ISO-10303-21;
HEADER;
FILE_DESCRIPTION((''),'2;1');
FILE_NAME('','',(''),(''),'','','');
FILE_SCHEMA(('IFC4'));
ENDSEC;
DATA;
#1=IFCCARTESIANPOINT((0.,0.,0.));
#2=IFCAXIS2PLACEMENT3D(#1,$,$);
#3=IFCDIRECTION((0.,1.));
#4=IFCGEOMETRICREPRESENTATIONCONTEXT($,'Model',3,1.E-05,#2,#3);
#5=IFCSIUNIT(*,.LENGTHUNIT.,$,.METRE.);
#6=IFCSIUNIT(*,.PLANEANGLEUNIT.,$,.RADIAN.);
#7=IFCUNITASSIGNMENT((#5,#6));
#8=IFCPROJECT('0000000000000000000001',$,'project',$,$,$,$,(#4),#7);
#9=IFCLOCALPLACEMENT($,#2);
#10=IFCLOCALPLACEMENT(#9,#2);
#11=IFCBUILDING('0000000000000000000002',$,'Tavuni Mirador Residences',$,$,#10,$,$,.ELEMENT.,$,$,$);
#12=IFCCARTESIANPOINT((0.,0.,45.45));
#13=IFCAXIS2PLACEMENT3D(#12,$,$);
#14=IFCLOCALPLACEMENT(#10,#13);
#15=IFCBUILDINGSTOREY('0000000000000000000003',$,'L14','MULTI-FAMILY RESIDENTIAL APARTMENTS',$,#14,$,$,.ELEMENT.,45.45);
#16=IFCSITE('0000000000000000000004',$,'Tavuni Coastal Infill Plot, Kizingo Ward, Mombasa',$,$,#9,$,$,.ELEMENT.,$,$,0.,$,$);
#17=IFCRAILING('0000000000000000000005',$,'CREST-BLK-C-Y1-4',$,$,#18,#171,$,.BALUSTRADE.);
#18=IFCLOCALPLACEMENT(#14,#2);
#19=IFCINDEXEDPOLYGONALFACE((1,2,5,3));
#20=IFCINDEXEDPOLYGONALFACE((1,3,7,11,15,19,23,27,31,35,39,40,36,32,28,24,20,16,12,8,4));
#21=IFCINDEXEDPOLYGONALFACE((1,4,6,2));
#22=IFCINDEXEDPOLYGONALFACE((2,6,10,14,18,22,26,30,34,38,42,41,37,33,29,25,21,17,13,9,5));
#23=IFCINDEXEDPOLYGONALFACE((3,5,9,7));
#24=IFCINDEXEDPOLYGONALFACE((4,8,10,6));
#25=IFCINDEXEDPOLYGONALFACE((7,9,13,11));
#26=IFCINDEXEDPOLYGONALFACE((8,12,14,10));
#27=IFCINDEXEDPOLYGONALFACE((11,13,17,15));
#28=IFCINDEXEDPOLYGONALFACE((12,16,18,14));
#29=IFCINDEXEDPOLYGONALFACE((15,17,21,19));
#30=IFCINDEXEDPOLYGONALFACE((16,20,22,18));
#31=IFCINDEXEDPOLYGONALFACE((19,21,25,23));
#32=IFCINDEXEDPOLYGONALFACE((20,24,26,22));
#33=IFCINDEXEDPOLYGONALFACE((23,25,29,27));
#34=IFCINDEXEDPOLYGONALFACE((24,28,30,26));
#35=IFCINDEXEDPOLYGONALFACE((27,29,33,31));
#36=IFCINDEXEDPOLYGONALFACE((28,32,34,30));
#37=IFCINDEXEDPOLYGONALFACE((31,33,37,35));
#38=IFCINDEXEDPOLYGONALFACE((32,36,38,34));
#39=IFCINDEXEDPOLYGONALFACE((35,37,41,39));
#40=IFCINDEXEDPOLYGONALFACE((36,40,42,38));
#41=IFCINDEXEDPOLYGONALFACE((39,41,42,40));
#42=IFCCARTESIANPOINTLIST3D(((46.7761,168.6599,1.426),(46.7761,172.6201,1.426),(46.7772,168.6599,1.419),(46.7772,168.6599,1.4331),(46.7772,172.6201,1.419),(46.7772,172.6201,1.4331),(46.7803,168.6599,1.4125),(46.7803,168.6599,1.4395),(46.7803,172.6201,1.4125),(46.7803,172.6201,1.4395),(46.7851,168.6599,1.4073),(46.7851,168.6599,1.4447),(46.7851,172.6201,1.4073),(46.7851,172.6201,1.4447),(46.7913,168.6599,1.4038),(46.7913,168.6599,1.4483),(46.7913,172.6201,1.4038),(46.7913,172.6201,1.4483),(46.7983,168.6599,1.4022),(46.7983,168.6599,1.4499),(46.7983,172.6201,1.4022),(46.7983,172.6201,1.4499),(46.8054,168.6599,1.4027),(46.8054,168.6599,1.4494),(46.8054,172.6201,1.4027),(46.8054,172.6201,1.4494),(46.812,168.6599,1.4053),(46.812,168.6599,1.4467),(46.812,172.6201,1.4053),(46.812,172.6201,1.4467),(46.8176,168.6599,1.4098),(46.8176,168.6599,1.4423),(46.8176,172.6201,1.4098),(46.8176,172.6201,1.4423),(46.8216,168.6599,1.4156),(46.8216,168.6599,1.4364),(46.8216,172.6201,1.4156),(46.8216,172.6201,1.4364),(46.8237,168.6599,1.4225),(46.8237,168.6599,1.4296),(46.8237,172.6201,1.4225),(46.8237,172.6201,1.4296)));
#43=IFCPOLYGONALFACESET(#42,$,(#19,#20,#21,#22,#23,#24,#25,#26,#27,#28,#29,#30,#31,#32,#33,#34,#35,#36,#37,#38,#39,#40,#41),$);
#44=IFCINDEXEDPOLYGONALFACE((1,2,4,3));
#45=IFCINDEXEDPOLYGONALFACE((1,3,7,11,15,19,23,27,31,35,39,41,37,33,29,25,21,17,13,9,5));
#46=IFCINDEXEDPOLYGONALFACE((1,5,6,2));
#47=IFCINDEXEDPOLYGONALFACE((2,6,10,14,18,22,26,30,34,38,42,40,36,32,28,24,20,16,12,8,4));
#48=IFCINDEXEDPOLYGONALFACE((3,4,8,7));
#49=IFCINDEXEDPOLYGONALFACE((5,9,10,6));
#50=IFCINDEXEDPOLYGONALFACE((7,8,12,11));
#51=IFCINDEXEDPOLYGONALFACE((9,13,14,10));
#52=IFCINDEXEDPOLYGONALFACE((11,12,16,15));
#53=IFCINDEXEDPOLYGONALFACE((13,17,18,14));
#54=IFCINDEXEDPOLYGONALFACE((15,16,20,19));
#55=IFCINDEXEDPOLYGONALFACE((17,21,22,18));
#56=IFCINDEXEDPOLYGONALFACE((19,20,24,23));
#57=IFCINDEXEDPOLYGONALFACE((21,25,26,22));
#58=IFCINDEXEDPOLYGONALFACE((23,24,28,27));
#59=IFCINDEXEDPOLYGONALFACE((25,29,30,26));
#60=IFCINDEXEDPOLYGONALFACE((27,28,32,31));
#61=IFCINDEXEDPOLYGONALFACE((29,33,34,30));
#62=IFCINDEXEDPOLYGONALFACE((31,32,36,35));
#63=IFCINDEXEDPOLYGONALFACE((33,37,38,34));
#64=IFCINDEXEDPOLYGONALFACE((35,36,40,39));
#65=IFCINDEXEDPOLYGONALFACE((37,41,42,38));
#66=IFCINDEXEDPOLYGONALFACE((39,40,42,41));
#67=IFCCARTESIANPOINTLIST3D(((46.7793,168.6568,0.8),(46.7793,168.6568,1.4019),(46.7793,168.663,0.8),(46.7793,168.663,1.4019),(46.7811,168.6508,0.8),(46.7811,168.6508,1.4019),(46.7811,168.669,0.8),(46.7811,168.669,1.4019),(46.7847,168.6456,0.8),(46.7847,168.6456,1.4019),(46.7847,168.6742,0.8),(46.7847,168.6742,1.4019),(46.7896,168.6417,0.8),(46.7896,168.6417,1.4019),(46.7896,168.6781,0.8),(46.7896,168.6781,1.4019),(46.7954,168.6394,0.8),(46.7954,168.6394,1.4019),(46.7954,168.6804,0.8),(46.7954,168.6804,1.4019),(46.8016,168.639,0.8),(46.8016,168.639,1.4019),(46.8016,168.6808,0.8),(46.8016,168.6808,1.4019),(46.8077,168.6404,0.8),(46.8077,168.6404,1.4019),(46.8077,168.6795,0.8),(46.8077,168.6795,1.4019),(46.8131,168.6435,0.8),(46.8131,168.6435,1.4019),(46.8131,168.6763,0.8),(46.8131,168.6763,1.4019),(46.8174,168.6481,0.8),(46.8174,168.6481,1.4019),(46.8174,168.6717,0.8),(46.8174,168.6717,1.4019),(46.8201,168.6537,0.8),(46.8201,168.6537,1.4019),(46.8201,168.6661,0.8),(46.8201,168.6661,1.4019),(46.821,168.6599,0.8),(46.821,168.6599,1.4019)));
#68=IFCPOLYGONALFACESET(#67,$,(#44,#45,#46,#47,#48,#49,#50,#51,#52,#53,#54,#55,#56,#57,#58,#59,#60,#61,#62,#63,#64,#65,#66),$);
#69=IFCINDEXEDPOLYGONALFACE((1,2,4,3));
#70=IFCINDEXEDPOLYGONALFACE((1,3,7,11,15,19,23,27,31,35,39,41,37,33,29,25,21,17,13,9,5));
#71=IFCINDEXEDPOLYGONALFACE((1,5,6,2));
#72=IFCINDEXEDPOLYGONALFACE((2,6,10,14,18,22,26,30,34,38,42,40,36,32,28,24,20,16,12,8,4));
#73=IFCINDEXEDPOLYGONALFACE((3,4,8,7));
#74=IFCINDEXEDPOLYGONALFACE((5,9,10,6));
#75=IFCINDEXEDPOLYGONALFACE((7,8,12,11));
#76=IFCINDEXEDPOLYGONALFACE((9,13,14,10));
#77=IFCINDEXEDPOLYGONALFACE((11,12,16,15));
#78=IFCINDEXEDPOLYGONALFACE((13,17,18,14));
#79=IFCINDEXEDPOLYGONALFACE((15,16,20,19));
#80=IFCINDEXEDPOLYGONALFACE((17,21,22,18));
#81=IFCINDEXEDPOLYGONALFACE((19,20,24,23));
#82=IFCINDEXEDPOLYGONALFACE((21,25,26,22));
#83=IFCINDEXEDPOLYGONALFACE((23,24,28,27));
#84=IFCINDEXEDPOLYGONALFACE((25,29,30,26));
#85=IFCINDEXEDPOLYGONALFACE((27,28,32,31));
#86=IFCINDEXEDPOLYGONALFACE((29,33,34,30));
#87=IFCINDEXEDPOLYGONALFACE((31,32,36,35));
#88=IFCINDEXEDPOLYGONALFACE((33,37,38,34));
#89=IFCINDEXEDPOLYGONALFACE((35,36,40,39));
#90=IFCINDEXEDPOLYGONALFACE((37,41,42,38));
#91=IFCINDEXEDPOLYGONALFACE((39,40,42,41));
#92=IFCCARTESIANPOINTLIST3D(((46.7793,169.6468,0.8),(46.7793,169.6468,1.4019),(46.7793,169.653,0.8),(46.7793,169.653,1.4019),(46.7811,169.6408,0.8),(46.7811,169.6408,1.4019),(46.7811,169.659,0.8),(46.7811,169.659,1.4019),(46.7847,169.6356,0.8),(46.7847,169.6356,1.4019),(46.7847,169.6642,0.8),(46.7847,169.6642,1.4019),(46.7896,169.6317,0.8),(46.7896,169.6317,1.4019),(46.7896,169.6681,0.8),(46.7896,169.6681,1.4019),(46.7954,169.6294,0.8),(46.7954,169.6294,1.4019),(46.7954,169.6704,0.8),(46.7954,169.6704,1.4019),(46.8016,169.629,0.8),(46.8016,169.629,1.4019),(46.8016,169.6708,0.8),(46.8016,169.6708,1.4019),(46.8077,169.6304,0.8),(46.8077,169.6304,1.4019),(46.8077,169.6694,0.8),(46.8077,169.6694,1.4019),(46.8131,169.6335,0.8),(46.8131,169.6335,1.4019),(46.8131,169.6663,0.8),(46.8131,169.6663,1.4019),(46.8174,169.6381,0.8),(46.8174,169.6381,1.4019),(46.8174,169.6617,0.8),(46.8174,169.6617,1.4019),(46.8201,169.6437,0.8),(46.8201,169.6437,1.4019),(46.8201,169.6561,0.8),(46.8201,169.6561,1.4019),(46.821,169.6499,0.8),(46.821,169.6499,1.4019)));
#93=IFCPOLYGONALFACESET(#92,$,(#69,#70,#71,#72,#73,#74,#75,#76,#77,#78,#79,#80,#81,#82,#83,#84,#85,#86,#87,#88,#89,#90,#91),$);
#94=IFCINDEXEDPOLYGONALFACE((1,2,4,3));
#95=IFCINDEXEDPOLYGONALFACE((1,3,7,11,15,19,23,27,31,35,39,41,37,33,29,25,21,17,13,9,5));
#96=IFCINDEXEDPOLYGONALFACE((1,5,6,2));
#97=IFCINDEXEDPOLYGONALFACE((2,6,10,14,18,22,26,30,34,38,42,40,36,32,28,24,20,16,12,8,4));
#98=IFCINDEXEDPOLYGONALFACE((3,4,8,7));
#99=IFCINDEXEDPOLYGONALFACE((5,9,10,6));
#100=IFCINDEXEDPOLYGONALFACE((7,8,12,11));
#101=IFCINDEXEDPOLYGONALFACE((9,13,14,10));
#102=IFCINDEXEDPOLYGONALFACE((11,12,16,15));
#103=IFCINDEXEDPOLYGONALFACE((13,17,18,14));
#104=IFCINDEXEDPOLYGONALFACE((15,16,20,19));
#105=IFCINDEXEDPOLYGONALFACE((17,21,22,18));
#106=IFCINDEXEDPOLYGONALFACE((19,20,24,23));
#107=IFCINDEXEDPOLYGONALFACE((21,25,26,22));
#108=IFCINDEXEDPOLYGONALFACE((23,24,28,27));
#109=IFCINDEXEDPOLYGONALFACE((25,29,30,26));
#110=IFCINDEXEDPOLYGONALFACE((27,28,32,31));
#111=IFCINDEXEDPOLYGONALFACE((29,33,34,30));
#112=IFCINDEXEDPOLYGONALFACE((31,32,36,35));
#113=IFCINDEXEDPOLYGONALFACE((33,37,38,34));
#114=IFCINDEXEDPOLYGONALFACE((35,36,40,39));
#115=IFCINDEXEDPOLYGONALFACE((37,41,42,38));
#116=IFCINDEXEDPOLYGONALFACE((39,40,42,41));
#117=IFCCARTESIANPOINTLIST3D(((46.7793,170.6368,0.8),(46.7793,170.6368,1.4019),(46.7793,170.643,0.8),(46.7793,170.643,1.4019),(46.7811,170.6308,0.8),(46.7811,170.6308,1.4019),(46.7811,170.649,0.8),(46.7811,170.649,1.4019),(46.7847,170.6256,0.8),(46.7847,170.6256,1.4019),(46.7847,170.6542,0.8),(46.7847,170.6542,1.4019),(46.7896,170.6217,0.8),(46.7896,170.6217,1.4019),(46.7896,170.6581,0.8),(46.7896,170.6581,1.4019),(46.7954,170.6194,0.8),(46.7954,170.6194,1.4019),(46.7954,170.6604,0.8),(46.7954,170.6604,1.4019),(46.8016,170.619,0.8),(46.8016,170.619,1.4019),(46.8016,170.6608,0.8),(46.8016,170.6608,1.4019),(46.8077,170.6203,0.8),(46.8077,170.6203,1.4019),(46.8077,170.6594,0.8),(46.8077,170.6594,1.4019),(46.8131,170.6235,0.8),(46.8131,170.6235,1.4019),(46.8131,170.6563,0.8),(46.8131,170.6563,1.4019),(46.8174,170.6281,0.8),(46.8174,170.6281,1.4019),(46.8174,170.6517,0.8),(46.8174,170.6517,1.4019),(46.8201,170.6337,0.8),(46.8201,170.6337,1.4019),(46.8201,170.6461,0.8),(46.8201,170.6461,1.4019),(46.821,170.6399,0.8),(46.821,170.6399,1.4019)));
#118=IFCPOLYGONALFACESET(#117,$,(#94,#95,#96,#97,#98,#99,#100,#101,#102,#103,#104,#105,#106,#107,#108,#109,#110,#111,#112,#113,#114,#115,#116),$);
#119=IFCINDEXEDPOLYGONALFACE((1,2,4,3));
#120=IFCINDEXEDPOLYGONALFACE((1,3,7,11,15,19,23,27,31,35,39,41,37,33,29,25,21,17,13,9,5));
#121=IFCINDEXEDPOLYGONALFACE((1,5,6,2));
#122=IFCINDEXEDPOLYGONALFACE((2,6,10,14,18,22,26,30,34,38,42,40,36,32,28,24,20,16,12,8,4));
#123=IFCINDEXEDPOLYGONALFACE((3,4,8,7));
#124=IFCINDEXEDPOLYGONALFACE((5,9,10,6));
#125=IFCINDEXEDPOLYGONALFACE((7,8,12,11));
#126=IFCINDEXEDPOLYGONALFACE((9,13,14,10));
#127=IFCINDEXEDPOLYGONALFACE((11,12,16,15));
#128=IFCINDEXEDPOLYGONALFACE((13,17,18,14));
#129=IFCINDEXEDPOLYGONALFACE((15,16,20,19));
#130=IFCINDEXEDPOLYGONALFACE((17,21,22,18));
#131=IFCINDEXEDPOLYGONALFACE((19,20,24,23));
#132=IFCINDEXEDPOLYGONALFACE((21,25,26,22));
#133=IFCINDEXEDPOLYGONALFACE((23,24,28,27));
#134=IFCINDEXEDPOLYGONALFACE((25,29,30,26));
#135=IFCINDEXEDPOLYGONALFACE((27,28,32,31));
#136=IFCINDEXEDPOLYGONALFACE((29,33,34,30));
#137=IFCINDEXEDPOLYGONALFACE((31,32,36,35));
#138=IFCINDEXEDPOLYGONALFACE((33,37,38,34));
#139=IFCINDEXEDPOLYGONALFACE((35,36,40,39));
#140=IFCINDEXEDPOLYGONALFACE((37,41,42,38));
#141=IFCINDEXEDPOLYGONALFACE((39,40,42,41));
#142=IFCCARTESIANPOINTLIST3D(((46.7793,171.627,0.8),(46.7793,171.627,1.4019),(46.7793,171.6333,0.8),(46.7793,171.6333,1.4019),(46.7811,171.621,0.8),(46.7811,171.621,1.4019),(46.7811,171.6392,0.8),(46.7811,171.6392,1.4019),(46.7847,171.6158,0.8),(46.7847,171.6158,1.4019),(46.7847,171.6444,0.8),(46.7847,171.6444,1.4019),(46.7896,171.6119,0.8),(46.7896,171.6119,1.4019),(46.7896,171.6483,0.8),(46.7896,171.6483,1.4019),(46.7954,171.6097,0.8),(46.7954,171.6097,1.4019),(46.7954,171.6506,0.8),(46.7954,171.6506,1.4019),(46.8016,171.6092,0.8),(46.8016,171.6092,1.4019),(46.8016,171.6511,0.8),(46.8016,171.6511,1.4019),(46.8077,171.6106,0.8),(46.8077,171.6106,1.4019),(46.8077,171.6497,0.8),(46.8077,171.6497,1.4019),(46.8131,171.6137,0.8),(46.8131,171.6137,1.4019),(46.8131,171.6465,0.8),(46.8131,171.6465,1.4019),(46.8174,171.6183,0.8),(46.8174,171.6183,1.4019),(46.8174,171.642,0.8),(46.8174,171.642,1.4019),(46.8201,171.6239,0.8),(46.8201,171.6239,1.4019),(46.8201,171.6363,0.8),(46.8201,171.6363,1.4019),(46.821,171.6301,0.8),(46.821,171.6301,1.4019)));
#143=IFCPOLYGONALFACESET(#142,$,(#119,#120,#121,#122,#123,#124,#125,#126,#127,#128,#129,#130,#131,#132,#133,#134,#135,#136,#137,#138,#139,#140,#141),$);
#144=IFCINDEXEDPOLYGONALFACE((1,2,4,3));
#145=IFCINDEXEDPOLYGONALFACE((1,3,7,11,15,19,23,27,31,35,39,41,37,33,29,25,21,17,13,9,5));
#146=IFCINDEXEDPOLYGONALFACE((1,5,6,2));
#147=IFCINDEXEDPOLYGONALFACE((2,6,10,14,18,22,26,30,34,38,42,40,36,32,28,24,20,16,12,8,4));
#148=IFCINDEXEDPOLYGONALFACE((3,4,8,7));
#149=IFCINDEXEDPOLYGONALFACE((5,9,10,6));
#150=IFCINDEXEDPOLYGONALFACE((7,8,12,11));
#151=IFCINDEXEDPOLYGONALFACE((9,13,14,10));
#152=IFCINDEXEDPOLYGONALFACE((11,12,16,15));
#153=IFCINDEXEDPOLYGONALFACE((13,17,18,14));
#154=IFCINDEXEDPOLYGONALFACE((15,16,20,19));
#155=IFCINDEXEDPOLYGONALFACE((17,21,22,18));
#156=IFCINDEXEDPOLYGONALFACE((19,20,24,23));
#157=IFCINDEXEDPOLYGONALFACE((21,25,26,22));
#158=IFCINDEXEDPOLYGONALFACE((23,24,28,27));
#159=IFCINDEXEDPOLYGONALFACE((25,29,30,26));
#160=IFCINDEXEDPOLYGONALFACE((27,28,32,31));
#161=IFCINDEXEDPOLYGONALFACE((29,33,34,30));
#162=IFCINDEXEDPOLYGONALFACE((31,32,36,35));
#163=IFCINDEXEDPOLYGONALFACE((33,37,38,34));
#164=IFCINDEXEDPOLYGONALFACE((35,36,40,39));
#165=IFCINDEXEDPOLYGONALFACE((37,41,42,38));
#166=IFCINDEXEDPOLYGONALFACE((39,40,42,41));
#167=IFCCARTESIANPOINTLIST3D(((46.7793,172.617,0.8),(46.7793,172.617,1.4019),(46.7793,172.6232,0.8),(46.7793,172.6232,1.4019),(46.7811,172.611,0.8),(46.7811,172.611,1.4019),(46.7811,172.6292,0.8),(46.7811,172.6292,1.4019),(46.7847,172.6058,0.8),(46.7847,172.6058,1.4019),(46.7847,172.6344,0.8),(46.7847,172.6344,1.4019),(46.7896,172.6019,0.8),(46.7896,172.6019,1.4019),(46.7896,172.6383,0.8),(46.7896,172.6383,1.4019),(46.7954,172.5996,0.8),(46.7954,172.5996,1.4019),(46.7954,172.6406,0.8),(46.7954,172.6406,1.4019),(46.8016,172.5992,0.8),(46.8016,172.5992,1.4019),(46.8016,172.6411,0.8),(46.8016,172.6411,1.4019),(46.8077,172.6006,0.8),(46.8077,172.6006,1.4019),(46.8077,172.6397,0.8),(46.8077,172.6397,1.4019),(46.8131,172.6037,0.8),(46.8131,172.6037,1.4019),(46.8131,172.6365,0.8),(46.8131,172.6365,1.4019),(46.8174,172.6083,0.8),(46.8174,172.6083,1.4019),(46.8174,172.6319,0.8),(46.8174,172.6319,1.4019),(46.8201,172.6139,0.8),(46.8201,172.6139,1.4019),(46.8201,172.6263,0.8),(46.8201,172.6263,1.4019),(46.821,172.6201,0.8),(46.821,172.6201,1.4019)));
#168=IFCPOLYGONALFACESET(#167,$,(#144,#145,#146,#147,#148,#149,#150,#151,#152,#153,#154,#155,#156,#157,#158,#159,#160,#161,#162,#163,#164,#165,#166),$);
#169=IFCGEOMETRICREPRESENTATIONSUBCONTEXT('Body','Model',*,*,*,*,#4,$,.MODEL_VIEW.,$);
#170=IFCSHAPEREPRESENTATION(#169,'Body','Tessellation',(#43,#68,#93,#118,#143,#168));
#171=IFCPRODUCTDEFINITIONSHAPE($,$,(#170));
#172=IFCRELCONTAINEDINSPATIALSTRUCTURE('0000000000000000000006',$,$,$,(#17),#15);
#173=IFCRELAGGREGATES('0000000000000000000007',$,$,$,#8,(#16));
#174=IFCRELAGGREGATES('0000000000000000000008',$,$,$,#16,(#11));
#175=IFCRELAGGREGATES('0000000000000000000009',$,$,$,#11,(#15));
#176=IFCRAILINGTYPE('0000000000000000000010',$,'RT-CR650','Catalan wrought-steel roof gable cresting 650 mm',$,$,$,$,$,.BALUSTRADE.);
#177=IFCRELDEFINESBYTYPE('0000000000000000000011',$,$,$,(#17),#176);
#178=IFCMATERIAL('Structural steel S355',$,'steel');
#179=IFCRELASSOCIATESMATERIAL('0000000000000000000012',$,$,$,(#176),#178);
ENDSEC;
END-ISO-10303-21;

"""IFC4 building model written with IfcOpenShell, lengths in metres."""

from ifc_helpers import new_model, si_unit, direction, frame, origin, origin_2d, place, context, subcontext, project, spatial, circle, extrude, material, type_object, element, save


model = new_model("IFC4")

# Units and contexts
model_context = context("Model", 3, precision=1e-05, world=origin(), true_north=direction((0.0, 1.0)))
body_context = subcontext(model_context, "Body", "Model", "MODEL_VIEW")
ifc_project = project(units=[si_unit("LENGTHUNIT", "METRE"), si_unit("PLANEANGLEUNIT", "RADIAN")], contexts=[model_context])

# Site, building, storey
site_placement = place(None, origin())
site = spatial("IfcSite", under=ifc_project, at=site_placement, Name="Tavuni Coastal Infill Plot, Kizingo Ward, Mombasa", CompositionType="ELEMENT", RefElevation=0.0)
building_placement = place(site_placement, origin())
building = spatial("IfcBuilding", under=site, at=building_placement, Name="Tavuni Mirador Residences", CompositionType="ELEMENT")
storey_placement = place(building_placement, frame((0.0, 0.0, 45.45)))
storey = spatial("IfcBuildingStorey", under=building, at=storey_placement, Name="L14", Description="MULTI-FAMILY RESIDENTIAL APARTMENTS", CompositionType="ELEMENT", Elevation=45.45)

# Shared definitions
ifc_material_1 = material(Name="Structural steel S355", Category="steel")

# Railing
railing_type = type_object("IfcRailingType", Name="RT-CR650", Description="Catalan wrought-steel roof gable cresting 650 mm", PredefinedType="BALUSTRADE", material=ifc_material_1)
railing_1_placement = place(storey_placement, frame((46.8, 168.6599, 0.8)))
element("IfcRailing", 1, at=railing_1_placement, inside=storey, type_object=railing_type, Name="CREST-BLK-C-Y1-4", PredefinedType="BALUSTRADE", context=body_context, shape_type="SweptSolid", body=[
    extrude(circle(Radius=0.0239, at=origin_2d()), frame((0.0, 0.0, 0.626), z_axis=(0.0, 1.0, 0.0), x_axis=(-1.0, 0.0, 0.0)), (0.0, 0.0, 1.0), 3.9602),
    extrude(circle(Radius=0.021, at=origin_2d()), origin(), (0.0, 0.0, 1.0), 0.6018),
    extrude(circle(Radius=0.021, at=origin_2d()), frame((0.0, 0.99, 0.0)), (0.0, 0.0, 1.0), 0.6018),
    extrude(circle(Radius=0.021, at=origin_2d()), frame((0.0, 1.98, 0.0)), (0.0, 0.0, 1.0), 0.6018),
    extrude(circle(Radius=0.021, at=origin_2d()), frame((0.0, 2.9702, 0.0)), (0.0, 0.0, 1.0), 0.6018),
    extrude(circle(Radius=0.021, at=origin_2d()), frame((0.0, 3.9602, 0.0)), (0.0, 0.0, 1.0), 0.6018),
])

save(model, "model.ifc")
